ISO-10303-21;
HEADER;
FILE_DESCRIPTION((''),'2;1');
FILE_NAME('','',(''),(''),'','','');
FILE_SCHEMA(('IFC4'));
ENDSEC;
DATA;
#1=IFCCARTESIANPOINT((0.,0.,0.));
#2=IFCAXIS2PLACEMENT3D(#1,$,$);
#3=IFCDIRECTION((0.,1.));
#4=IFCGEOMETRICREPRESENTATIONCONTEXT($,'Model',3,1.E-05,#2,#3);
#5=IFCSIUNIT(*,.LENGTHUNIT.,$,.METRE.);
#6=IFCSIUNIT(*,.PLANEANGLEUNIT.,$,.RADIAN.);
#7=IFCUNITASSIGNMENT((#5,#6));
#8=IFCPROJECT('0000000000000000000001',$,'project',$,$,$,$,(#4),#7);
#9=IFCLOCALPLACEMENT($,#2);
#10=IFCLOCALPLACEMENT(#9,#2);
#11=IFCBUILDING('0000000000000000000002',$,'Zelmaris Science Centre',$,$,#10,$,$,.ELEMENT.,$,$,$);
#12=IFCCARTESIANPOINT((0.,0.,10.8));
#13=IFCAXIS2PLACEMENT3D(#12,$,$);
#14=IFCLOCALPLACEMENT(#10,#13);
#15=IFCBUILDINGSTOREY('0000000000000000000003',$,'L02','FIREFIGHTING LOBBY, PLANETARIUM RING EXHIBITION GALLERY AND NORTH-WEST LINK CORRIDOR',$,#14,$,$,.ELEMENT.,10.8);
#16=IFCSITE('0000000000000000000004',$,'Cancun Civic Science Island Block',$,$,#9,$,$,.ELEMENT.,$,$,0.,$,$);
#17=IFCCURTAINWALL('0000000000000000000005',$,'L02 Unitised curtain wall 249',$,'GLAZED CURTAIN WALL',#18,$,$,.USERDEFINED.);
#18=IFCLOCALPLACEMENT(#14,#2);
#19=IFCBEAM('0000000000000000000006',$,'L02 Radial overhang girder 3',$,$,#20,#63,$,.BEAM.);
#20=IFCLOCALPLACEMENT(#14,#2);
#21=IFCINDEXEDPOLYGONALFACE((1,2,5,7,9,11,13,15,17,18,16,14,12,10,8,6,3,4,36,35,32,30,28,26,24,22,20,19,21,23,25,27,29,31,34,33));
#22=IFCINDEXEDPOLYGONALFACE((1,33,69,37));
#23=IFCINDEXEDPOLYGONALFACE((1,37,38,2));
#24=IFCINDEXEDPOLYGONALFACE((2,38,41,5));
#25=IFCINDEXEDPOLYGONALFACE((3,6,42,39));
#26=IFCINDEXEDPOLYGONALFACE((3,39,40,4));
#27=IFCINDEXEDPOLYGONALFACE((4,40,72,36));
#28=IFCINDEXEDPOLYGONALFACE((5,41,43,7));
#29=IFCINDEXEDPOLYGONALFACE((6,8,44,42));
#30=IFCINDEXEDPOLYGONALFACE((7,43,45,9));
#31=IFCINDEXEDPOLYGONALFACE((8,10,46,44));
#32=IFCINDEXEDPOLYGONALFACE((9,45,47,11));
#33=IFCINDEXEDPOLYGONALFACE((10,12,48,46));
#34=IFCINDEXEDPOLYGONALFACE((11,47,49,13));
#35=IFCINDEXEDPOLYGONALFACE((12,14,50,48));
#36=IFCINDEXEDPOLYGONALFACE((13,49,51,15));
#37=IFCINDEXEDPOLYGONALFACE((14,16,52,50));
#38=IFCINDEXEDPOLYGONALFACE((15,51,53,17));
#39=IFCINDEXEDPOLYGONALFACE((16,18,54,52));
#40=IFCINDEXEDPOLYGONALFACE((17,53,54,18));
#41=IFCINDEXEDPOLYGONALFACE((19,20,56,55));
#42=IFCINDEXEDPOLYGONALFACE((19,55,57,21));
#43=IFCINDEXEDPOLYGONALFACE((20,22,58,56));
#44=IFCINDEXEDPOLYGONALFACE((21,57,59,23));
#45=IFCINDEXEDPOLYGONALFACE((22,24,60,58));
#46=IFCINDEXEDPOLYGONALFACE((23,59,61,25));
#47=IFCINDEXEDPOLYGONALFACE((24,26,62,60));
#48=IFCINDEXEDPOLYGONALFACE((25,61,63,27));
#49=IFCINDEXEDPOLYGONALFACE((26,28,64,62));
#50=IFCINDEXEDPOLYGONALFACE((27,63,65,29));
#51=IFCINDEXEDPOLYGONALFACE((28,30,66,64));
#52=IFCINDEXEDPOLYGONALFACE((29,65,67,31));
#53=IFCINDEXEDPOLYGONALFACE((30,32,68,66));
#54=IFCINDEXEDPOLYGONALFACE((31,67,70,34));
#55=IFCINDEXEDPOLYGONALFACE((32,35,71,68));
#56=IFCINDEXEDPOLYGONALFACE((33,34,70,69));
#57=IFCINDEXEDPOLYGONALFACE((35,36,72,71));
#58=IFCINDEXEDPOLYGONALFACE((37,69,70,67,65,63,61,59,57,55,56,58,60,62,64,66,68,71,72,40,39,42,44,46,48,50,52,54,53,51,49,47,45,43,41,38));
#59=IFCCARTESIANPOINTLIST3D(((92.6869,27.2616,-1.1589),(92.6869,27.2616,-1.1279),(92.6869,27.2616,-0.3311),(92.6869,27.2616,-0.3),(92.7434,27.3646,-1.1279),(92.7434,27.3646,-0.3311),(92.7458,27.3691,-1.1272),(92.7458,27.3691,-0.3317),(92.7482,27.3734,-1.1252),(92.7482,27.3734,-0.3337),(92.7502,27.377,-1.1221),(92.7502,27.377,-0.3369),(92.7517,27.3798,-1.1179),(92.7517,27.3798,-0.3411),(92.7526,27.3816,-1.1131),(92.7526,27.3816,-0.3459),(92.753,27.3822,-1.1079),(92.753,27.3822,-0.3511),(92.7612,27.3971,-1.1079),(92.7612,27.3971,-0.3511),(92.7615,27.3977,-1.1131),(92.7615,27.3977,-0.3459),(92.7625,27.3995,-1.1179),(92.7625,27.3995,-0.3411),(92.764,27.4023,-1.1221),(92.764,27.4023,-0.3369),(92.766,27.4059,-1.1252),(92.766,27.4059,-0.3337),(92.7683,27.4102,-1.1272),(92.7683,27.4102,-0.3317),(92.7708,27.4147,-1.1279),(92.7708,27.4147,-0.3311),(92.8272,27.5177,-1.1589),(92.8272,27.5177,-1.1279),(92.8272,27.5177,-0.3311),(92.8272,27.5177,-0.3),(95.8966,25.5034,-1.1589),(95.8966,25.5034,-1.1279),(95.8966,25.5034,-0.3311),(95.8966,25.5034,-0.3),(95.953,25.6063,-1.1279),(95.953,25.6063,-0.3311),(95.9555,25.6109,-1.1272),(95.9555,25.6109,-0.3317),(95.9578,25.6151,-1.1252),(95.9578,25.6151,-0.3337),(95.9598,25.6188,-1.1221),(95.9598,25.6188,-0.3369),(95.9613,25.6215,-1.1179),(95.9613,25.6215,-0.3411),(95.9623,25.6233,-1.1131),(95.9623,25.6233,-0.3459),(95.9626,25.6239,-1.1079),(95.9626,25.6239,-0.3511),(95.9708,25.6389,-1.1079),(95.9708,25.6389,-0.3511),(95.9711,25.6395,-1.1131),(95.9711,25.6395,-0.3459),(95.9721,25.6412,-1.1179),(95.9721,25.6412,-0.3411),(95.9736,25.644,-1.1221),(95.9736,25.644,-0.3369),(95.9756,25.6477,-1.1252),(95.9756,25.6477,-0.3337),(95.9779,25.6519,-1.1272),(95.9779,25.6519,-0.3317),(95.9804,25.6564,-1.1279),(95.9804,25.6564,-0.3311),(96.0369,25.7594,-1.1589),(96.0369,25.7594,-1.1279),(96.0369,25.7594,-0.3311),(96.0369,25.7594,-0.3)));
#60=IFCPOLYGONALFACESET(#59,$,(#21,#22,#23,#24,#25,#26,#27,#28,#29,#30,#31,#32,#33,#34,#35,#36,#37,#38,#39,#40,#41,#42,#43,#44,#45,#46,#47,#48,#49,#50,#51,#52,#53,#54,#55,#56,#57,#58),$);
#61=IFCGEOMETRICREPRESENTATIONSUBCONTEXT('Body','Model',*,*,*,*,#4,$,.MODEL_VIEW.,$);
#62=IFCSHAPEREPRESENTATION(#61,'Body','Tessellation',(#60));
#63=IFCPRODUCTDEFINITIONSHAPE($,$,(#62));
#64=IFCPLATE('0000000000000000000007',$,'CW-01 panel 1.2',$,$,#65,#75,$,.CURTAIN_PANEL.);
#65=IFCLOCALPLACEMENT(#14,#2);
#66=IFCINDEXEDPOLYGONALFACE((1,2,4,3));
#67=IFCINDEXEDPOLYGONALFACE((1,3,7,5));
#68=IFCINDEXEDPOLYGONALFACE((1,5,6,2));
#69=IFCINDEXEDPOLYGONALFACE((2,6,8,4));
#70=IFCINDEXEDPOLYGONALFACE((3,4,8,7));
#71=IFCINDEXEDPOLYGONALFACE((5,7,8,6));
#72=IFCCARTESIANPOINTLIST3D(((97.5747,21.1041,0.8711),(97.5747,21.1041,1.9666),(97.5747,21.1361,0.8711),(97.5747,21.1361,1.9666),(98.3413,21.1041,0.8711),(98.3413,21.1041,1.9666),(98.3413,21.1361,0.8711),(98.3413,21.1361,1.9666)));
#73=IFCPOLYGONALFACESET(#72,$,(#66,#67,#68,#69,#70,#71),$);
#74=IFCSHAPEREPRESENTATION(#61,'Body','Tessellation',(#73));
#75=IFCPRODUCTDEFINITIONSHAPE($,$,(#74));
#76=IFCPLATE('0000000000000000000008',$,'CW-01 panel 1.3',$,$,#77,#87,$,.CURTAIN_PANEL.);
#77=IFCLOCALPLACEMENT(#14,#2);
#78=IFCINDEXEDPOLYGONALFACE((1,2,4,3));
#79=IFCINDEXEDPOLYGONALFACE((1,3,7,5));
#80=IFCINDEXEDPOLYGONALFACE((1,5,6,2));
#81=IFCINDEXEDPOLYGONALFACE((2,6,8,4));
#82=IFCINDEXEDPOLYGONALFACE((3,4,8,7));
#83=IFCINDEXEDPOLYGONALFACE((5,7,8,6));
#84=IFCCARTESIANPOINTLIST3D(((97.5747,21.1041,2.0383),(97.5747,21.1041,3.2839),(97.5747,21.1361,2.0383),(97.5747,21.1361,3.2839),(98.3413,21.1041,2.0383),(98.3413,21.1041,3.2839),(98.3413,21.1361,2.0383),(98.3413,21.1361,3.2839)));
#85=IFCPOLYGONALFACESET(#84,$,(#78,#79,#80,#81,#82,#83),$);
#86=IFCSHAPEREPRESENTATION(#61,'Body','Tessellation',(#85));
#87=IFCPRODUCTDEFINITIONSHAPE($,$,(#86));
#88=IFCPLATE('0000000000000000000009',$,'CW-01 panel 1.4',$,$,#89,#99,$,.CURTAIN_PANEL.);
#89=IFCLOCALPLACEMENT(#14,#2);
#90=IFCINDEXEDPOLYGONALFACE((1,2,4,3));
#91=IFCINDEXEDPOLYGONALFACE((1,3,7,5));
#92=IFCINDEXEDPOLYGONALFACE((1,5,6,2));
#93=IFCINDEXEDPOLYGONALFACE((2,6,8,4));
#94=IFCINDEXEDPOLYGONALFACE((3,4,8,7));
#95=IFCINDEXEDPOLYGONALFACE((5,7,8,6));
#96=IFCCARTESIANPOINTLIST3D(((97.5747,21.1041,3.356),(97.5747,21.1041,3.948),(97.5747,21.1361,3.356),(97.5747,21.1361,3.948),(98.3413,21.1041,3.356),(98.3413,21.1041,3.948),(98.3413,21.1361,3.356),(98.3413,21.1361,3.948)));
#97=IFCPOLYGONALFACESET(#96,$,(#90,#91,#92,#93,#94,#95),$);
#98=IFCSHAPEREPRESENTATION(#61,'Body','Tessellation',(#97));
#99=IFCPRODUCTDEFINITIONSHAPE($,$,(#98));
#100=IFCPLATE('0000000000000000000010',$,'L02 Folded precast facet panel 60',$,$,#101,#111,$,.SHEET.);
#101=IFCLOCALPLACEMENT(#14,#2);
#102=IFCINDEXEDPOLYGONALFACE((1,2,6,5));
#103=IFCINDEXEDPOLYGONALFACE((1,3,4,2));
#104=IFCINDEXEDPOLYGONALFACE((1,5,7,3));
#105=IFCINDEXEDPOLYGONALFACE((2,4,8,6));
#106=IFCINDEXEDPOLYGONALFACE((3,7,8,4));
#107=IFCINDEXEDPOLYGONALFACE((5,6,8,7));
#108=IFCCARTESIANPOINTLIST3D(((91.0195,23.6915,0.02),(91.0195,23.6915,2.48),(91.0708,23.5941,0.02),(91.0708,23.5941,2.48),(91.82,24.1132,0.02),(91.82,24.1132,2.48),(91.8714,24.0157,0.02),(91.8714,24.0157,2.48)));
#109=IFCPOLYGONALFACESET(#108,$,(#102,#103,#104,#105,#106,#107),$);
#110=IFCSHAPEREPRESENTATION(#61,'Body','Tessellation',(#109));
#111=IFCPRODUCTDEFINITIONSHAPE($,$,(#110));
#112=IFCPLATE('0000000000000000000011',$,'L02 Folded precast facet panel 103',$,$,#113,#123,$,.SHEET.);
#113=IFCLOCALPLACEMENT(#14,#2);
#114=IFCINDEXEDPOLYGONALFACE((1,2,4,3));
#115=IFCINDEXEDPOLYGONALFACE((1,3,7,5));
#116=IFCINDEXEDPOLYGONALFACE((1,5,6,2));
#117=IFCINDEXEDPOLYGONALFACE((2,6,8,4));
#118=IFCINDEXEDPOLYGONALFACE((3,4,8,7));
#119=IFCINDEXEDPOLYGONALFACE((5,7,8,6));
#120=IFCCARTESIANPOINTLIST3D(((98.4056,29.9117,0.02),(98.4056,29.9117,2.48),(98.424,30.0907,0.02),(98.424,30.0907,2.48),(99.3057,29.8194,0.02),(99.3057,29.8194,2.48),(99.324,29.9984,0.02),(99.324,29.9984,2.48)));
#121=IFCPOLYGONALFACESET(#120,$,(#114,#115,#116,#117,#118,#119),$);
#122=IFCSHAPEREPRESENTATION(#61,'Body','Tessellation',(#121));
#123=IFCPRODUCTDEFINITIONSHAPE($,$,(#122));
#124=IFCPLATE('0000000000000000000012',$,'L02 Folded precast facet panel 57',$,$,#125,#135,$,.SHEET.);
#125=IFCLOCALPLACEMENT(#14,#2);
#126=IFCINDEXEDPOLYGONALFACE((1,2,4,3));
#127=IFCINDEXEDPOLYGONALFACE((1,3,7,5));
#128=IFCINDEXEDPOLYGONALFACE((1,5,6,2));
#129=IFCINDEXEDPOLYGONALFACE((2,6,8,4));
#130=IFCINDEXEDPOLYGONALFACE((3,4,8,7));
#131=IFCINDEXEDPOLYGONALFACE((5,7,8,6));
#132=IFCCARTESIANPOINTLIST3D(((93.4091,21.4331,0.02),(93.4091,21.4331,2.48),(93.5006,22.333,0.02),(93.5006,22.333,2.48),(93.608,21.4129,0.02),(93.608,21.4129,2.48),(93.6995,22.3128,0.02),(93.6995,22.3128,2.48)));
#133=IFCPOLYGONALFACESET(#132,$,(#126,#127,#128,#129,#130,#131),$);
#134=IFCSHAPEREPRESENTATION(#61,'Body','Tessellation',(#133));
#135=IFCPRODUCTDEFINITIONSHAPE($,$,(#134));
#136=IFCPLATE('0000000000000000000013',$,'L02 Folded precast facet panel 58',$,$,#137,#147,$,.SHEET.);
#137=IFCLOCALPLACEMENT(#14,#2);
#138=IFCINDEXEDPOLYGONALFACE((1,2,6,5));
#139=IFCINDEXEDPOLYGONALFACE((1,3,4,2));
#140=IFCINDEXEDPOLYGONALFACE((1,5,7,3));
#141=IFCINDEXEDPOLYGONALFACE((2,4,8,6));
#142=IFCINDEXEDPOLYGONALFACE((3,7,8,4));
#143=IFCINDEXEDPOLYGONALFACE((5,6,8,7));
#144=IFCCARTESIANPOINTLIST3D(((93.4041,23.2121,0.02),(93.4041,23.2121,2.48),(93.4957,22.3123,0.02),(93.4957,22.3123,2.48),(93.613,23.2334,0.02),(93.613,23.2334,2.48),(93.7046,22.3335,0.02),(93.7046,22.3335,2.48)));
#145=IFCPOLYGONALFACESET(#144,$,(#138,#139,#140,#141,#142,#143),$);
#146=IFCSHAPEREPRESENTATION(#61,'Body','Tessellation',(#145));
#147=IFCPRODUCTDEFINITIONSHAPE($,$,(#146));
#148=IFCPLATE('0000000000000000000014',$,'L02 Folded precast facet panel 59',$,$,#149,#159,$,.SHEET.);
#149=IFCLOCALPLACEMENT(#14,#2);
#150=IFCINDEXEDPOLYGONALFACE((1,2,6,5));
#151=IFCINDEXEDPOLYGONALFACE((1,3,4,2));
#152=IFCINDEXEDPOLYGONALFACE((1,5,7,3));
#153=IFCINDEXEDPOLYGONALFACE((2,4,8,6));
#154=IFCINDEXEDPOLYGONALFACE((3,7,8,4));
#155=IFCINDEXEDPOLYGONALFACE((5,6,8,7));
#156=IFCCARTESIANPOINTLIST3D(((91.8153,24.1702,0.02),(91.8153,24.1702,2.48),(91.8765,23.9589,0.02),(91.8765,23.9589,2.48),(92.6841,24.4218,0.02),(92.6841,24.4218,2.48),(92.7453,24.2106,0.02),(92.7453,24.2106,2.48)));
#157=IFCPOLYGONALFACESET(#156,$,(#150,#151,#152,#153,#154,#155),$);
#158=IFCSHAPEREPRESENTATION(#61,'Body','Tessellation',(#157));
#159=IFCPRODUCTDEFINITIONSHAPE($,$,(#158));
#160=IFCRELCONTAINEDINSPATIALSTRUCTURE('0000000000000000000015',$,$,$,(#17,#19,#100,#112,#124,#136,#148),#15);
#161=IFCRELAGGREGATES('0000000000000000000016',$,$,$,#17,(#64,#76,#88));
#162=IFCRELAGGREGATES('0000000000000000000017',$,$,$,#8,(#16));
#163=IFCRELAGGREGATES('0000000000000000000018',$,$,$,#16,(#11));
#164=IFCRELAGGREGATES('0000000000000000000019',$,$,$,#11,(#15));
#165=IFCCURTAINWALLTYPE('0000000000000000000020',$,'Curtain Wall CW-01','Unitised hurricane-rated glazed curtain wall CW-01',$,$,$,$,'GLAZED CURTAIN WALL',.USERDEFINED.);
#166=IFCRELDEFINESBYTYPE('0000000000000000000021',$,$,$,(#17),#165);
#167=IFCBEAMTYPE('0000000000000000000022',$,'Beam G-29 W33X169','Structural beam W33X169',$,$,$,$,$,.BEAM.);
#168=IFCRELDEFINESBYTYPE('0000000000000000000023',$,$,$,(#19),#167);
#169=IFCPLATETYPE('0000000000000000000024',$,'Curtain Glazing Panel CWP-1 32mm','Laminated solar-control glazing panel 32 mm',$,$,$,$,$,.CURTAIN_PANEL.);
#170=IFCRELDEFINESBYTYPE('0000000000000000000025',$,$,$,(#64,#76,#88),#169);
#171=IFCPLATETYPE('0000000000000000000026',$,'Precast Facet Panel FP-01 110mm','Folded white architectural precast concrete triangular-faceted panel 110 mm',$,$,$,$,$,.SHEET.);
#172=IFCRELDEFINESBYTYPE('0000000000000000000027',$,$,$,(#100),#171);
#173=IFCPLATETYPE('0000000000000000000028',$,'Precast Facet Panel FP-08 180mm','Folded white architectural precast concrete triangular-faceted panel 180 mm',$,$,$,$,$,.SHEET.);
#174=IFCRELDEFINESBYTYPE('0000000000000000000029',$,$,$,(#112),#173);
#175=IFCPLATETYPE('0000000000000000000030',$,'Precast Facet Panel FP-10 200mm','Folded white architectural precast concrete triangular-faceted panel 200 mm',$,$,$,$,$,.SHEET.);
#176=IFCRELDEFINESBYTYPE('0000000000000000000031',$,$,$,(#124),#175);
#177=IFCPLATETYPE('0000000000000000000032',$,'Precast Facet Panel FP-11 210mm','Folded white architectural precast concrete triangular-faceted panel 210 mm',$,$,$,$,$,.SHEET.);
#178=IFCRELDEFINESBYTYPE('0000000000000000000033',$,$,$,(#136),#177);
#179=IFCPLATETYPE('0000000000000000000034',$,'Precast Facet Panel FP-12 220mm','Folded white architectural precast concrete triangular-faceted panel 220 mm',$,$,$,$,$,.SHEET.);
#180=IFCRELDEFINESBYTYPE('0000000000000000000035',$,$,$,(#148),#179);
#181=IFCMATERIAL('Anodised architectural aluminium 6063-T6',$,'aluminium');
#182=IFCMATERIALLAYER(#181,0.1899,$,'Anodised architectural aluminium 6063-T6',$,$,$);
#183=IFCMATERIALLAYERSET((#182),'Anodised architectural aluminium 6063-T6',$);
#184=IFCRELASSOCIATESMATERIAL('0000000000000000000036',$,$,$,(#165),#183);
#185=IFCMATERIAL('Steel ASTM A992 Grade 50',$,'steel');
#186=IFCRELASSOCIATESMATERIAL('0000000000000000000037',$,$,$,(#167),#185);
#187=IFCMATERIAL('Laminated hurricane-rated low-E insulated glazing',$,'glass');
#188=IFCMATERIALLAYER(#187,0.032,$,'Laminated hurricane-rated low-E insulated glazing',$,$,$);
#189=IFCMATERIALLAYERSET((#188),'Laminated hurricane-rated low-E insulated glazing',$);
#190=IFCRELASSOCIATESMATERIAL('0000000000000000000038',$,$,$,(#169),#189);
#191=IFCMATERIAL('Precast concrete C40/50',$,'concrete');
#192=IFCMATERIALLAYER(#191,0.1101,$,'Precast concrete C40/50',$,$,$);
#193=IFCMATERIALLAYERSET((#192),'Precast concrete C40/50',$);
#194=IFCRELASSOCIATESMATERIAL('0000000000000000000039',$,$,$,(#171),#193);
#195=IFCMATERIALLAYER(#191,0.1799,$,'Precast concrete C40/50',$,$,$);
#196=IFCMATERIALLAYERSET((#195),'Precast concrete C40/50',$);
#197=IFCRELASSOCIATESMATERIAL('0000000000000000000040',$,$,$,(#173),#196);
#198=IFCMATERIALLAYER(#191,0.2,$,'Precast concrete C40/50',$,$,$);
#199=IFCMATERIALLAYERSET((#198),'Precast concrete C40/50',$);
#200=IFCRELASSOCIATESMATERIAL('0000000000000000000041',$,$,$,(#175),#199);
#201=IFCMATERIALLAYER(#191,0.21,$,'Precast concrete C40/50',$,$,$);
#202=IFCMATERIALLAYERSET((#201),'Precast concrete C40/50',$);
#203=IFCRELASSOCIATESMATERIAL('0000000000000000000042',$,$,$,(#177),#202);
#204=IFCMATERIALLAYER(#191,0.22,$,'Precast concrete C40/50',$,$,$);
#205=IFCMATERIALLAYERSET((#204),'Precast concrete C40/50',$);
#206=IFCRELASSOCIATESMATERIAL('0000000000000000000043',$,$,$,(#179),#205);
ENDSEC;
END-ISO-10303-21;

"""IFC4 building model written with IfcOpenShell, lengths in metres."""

from ifc_helpers import new_model, si_unit, direction, frame, frame_2d, origin, origin_2d, place, context, subcontext, project, spatial, rectangle, i_section, extrude, material, layer, layer_set, material_profile, profile_set, type_object, element, aggregate, save


model = new_model("IFC4")

# Units and contexts
model_context = context("Model", 3, precision=1e-05, world=origin(), true_north=direction((0.0, 1.0)))
body_context = subcontext(model_context, "Body", "Model", "MODEL_VIEW")
ifc_project = project(units=[si_unit("LENGTHUNIT", "METRE"), si_unit("PLANEANGLEUNIT", "RADIAN")], contexts=[model_context])

# Site, building, storey
site_placement = place(None, origin())
site = spatial("IfcSite", under=ifc_project, at=site_placement, Name="Cancun Civic Science Island Block", CompositionType="ELEMENT", RefElevation=0.0)
building_placement = place(site_placement, origin())
building = spatial("IfcBuilding", under=site, at=building_placement, Name="Zelmaris Science Centre", CompositionType="ELEMENT")
storey_placement = place(building_placement, frame((0.0, 0.0, 10.8)))
storey = spatial("IfcBuildingStorey", under=building, at=storey_placement, Name="L02", Description="FIREFIGHTING LOBBY, PLANETARIUM RING EXHIBITION GALLERY AND NORTH-WEST LINK CORRIDOR", CompositionType="ELEMENT", Elevation=10.8)

# Shared definitions
ifc_material_1 = material(Name="Steel ASTM A992 Grade 50", Category="steel")

# Curtain wall
ifc_material_2 = material(Name="Anodised architectural aluminium 6063-T6", Category="aluminium")
ifc_layer_1 = layer(ifc_material_2, 0.1899, Name="Anodised architectural aluminium 6063-T6")
ifc_layer_set_1 = layer_set([ifc_layer_1], Name="Anodised architectural aluminium 6063-T6")
curtain_wall_type = type_object("IfcCurtainWallType", Name="Curtain Wall CW-01", Description="Unitised hurricane-rated glazed curtain wall CW-01", ElementType="GLAZED CURTAIN WALL", PredefinedType="USERDEFINED", material=ifc_layer_set_1)
curtain_wall_placement = place(storey_placement, origin())
curtain_wall = element("IfcCurtainWall", 1, at=curtain_wall_placement, inside=storey, type_object=curtain_wall_type, Name="L02 Unitised curtain wall 249", ObjectType="GLAZED CURTAIN WALL", PredefinedType="USERDEFINED")

# Beam
ifc_material_profile_1 = material_profile(ifc_material_1, i_section(OverallWidth=0.292, OverallDepth=0.8589, WebThickness=0.0171, FlangeThickness=0.031, FilletRadius=0.02, at=origin_2d()), Name="W33X169")
ifc_profile_set_1 = profile_set([ifc_material_profile_1], Name="Steel ASTM A992 Grade 50")
beam_type_1 = type_object("IfcBeamType", Name="Beam G-29 W33X169", Description="Structural beam W33X169", PredefinedType="BEAM", material=ifc_profile_set_1)
beam_1_placement = place(storey_placement, frame((92.7571, 27.3896, -0.7295), z_axis=(0.877027, -0.48044, 0.0), x_axis=(0.48044, 0.877027, 0.0)))
element("IfcBeam", 2, at=beam_1_placement, inside=storey, type_object=beam_type_1, Name="L02 Radial overhang girder 3", PredefinedType="BEAM", context=body_context, shape_type="SweptSolid", body=[
    extrude(i_section(OverallWidth=0.292, OverallDepth=0.8589, WebThickness=0.0171, FlangeThickness=0.031, FilletRadius=0.02, at=origin_2d()), origin(), (0.0, 0.0, 1.0), 3.6597),
])

# Plates
ifc_material_3 = material(Name="Laminated hurricane-rated low-E insulated glazing", Category="glass")
ifc_layer_2 = layer(ifc_material_3, 0.032, Name="Laminated hurricane-rated low-E insulated glazing")
ifc_layer_set_2 = layer_set([ifc_layer_2], Name="Laminated hurricane-rated low-E insulated glazing")
plate_type_1 = type_object("IfcPlateType", Name="Curtain Glazing Panel CWP-1 32mm", Description="Laminated solar-control glazing panel 32 mm", PredefinedType="CURTAIN_PANEL", material=ifc_layer_set_2)
plate_1_placement = place(storey_placement, frame((97.958, 21.1201, 0.8711), z_axis=(0.0, 0.0, 1.0), x_axis=(-1.0, 0.000023, 0.0)))
plate_1 = element("IfcPlate", 3, at=plate_1_placement, type_object=plate_type_1, Name="CW-01 panel 1.2", PredefinedType="CURTAIN_PANEL", context=body_context, shape_type="SweptSolid", body=[
    extrude(rectangle(XDim=0.7666, YDim=0.032, at=origin_2d()), origin(), (0.0, 0.0, 1.0), 1.0955),
])
plate_2_placement = place(storey_placement, frame((97.958, 21.1201, 2.0383), z_axis=(0.0, 0.0, 1.0), x_axis=(-1.0, 0.000023, 0.0)))
plate_2 = element("IfcPlate", 4, at=plate_2_placement, type_object=plate_type_1, Name="CW-01 panel 1.3", PredefinedType="CURTAIN_PANEL", context=body_context, shape_type="SweptSolid", body=[
    extrude(rectangle(XDim=0.7666, YDim=0.032, at=origin_2d()), origin(), (0.0, 0.0, 1.0), 1.2456),
])
plate_3_placement = place(storey_placement, frame((97.958, 21.1201, 3.356), z_axis=(0.0, 0.0, 1.0), x_axis=(-1.0, 0.000023, 0.0)))
plate_3 = element("IfcPlate", 5, at=plate_3_placement, type_object=plate_type_1, Name="CW-01 panel 1.4", PredefinedType="CURTAIN_PANEL", context=body_context, shape_type="SweptSolid", body=[
    extrude(rectangle(XDim=0.7666, YDim=0.032, at=origin_2d()), origin(), (0.0, 0.0, 1.0), 0.592),
])
aggregate(curtain_wall, [plate_1, plate_2, plate_3])

# Plates
ifc_material_4 = material(Name="Precast concrete C40/50", Category="concrete")
ifc_layer_3 = layer(ifc_material_4, 0.1101, Name="Precast concrete C40/50")
ifc_layer_set_3 = layer_set([ifc_layer_3], Name="Precast concrete C40/50")
plate_type_2 = type_object("IfcPlateType", Name="Precast Facet Panel FP-01 110mm", Description="Folded white architectural precast concrete triangular-faceted panel 110 mm", PredefinedType="SHEET", material=ifc_layer_set_3)
plate_4_placement = place(storey_placement, frame((91.8457, 24.0645, 0.02), z_axis=(0.0, 0.0, 1.0), x_axis=(-0.884784, -0.466002, 0.0)))
element("IfcPlate", 6, at=plate_4_placement, inside=storey, type_object=plate_type_2, Name="L02 Folded precast facet panel 60", PredefinedType="SHEET", context=body_context, shape_type="SweptSolid", body=[
    extrude(rectangle(XDim=0.9048, YDim=0.1101, at=frame_2d((0.4524, 0.0))), origin(), (0.0, 0.0, 1.0), 2.46),
])
ifc_layer_4 = layer(ifc_material_4, 0.1799, Name="Precast concrete C40/50")
ifc_layer_set_4 = layer_set([ifc_layer_4], Name="Precast concrete C40/50")
plate_type_3 = type_object("IfcPlateType", Name="Precast Facet Panel FP-08 180mm", Description="Folded white architectural precast concrete triangular-faceted panel 180 mm", PredefinedType="SHEET", material=ifc_layer_set_4)
plate_5_placement = place(storey_placement, frame((98.4148, 30.0012, 0.02), z_axis=(0.0, 0.0, 1.0), x_axis=(0.994786, -0.101988, 0.0)))
element("IfcPlate", 7, at=plate_5_placement, inside=storey, type_object=plate_type_3, Name="L02 Folded precast facet panel 103", PredefinedType="SHEET", context=body_context, shape_type="SweptSolid", body=[
    extrude(rectangle(XDim=0.9048, YDim=0.1799, at=frame_2d((0.4524, 0.0))), origin(), (0.0, 0.0, 1.0), 2.46),
])
ifc_layer_5 = layer(ifc_material_4, 0.2, Name="Precast concrete C40/50")
ifc_layer_set_5 = layer_set([ifc_layer_5], Name="Precast concrete C40/50")
plate_type_4 = type_object("IfcPlateType", Name="Precast Facet Panel FP-10 200mm", Description="Folded white architectural precast concrete triangular-faceted panel 200 mm", PredefinedType="SHEET", material=ifc_layer_set_5)
plate_6_placement = place(storey_placement, frame((93.5085, 21.4231, 0.02), z_axis=(0.0, 0.0, 1.0), x_axis=(0.101214, 0.994865, 0.0)))
element("IfcPlate", 8, at=plate_6_placement, inside=storey, type_object=plate_type_4, Name="L02 Folded precast facet panel 57", PredefinedType="SHEET", context=body_context, shape_type="SweptSolid", body=[
    extrude(rectangle(XDim=0.9045, YDim=0.2, at=frame_2d((0.4521, 0.0))), origin(), (0.0, 0.0, 1.0), 2.46),
])
ifc_layer_6 = layer(ifc_material_4, 0.21, Name="Precast concrete C40/50")
ifc_layer_set_6 = layer_set([ifc_layer_6], Name="Precast concrete C40/50")
plate_type_5 = type_object("IfcPlateType", Name="Precast Facet Panel FP-11 210mm", Description="Folded white architectural precast concrete triangular-faceted panel 210 mm", PredefinedType="SHEET", material=ifc_layer_set_6)
plate_7_placement = place(storey_placement, frame((93.6001, 22.323, 0.02), z_axis=(0.0, 0.0, 1.0), x_axis=(-0.101214, 0.994865, 0.0)))
element("IfcPlate", 9, at=plate_7_placement, inside=storey, type_object=plate_type_5, Name="L02 Folded precast facet panel 58", PredefinedType="SHEET", context=body_context, shape_type="SweptSolid", body=[
    extrude(rectangle(XDim=0.9045, YDim=0.21, at=frame_2d((0.4521, 0.0))), origin(), (0.0, 0.0, 1.0), 2.46),
])
ifc_layer_7 = layer(ifc_material_4, 0.22, Name="Precast concrete C40/50")
ifc_layer_set_7 = layer_set([ifc_layer_7], Name="Precast concrete C40/50")
plate_type_6 = type_object("IfcPlateType", Name="Precast Facet Panel FP-12 220mm", Description="Folded white architectural precast concrete triangular-faceted panel 220 mm", PredefinedType="SHEET", material=ifc_layer_set_7)
plate_8_placement = place(storey_placement, frame((92.7146, 24.3162, 0.02), z_axis=(0.0, 0.0, 1.0), x_axis=(-0.960509, -0.278248, 0.0)))
element("IfcPlate", 10, at=plate_8_placement, inside=storey, type_object=plate_type_6, Name="L02 Folded precast facet panel 59", PredefinedType="SHEET", context=body_context, shape_type="SweptSolid", body=[
    extrude(rectangle(XDim=0.9045, YDim=0.22, at=frame_2d((0.4521, 0.0))), origin(), (0.0, 0.0, 1.0), 2.46),
])

save(model, "model.ifc")
